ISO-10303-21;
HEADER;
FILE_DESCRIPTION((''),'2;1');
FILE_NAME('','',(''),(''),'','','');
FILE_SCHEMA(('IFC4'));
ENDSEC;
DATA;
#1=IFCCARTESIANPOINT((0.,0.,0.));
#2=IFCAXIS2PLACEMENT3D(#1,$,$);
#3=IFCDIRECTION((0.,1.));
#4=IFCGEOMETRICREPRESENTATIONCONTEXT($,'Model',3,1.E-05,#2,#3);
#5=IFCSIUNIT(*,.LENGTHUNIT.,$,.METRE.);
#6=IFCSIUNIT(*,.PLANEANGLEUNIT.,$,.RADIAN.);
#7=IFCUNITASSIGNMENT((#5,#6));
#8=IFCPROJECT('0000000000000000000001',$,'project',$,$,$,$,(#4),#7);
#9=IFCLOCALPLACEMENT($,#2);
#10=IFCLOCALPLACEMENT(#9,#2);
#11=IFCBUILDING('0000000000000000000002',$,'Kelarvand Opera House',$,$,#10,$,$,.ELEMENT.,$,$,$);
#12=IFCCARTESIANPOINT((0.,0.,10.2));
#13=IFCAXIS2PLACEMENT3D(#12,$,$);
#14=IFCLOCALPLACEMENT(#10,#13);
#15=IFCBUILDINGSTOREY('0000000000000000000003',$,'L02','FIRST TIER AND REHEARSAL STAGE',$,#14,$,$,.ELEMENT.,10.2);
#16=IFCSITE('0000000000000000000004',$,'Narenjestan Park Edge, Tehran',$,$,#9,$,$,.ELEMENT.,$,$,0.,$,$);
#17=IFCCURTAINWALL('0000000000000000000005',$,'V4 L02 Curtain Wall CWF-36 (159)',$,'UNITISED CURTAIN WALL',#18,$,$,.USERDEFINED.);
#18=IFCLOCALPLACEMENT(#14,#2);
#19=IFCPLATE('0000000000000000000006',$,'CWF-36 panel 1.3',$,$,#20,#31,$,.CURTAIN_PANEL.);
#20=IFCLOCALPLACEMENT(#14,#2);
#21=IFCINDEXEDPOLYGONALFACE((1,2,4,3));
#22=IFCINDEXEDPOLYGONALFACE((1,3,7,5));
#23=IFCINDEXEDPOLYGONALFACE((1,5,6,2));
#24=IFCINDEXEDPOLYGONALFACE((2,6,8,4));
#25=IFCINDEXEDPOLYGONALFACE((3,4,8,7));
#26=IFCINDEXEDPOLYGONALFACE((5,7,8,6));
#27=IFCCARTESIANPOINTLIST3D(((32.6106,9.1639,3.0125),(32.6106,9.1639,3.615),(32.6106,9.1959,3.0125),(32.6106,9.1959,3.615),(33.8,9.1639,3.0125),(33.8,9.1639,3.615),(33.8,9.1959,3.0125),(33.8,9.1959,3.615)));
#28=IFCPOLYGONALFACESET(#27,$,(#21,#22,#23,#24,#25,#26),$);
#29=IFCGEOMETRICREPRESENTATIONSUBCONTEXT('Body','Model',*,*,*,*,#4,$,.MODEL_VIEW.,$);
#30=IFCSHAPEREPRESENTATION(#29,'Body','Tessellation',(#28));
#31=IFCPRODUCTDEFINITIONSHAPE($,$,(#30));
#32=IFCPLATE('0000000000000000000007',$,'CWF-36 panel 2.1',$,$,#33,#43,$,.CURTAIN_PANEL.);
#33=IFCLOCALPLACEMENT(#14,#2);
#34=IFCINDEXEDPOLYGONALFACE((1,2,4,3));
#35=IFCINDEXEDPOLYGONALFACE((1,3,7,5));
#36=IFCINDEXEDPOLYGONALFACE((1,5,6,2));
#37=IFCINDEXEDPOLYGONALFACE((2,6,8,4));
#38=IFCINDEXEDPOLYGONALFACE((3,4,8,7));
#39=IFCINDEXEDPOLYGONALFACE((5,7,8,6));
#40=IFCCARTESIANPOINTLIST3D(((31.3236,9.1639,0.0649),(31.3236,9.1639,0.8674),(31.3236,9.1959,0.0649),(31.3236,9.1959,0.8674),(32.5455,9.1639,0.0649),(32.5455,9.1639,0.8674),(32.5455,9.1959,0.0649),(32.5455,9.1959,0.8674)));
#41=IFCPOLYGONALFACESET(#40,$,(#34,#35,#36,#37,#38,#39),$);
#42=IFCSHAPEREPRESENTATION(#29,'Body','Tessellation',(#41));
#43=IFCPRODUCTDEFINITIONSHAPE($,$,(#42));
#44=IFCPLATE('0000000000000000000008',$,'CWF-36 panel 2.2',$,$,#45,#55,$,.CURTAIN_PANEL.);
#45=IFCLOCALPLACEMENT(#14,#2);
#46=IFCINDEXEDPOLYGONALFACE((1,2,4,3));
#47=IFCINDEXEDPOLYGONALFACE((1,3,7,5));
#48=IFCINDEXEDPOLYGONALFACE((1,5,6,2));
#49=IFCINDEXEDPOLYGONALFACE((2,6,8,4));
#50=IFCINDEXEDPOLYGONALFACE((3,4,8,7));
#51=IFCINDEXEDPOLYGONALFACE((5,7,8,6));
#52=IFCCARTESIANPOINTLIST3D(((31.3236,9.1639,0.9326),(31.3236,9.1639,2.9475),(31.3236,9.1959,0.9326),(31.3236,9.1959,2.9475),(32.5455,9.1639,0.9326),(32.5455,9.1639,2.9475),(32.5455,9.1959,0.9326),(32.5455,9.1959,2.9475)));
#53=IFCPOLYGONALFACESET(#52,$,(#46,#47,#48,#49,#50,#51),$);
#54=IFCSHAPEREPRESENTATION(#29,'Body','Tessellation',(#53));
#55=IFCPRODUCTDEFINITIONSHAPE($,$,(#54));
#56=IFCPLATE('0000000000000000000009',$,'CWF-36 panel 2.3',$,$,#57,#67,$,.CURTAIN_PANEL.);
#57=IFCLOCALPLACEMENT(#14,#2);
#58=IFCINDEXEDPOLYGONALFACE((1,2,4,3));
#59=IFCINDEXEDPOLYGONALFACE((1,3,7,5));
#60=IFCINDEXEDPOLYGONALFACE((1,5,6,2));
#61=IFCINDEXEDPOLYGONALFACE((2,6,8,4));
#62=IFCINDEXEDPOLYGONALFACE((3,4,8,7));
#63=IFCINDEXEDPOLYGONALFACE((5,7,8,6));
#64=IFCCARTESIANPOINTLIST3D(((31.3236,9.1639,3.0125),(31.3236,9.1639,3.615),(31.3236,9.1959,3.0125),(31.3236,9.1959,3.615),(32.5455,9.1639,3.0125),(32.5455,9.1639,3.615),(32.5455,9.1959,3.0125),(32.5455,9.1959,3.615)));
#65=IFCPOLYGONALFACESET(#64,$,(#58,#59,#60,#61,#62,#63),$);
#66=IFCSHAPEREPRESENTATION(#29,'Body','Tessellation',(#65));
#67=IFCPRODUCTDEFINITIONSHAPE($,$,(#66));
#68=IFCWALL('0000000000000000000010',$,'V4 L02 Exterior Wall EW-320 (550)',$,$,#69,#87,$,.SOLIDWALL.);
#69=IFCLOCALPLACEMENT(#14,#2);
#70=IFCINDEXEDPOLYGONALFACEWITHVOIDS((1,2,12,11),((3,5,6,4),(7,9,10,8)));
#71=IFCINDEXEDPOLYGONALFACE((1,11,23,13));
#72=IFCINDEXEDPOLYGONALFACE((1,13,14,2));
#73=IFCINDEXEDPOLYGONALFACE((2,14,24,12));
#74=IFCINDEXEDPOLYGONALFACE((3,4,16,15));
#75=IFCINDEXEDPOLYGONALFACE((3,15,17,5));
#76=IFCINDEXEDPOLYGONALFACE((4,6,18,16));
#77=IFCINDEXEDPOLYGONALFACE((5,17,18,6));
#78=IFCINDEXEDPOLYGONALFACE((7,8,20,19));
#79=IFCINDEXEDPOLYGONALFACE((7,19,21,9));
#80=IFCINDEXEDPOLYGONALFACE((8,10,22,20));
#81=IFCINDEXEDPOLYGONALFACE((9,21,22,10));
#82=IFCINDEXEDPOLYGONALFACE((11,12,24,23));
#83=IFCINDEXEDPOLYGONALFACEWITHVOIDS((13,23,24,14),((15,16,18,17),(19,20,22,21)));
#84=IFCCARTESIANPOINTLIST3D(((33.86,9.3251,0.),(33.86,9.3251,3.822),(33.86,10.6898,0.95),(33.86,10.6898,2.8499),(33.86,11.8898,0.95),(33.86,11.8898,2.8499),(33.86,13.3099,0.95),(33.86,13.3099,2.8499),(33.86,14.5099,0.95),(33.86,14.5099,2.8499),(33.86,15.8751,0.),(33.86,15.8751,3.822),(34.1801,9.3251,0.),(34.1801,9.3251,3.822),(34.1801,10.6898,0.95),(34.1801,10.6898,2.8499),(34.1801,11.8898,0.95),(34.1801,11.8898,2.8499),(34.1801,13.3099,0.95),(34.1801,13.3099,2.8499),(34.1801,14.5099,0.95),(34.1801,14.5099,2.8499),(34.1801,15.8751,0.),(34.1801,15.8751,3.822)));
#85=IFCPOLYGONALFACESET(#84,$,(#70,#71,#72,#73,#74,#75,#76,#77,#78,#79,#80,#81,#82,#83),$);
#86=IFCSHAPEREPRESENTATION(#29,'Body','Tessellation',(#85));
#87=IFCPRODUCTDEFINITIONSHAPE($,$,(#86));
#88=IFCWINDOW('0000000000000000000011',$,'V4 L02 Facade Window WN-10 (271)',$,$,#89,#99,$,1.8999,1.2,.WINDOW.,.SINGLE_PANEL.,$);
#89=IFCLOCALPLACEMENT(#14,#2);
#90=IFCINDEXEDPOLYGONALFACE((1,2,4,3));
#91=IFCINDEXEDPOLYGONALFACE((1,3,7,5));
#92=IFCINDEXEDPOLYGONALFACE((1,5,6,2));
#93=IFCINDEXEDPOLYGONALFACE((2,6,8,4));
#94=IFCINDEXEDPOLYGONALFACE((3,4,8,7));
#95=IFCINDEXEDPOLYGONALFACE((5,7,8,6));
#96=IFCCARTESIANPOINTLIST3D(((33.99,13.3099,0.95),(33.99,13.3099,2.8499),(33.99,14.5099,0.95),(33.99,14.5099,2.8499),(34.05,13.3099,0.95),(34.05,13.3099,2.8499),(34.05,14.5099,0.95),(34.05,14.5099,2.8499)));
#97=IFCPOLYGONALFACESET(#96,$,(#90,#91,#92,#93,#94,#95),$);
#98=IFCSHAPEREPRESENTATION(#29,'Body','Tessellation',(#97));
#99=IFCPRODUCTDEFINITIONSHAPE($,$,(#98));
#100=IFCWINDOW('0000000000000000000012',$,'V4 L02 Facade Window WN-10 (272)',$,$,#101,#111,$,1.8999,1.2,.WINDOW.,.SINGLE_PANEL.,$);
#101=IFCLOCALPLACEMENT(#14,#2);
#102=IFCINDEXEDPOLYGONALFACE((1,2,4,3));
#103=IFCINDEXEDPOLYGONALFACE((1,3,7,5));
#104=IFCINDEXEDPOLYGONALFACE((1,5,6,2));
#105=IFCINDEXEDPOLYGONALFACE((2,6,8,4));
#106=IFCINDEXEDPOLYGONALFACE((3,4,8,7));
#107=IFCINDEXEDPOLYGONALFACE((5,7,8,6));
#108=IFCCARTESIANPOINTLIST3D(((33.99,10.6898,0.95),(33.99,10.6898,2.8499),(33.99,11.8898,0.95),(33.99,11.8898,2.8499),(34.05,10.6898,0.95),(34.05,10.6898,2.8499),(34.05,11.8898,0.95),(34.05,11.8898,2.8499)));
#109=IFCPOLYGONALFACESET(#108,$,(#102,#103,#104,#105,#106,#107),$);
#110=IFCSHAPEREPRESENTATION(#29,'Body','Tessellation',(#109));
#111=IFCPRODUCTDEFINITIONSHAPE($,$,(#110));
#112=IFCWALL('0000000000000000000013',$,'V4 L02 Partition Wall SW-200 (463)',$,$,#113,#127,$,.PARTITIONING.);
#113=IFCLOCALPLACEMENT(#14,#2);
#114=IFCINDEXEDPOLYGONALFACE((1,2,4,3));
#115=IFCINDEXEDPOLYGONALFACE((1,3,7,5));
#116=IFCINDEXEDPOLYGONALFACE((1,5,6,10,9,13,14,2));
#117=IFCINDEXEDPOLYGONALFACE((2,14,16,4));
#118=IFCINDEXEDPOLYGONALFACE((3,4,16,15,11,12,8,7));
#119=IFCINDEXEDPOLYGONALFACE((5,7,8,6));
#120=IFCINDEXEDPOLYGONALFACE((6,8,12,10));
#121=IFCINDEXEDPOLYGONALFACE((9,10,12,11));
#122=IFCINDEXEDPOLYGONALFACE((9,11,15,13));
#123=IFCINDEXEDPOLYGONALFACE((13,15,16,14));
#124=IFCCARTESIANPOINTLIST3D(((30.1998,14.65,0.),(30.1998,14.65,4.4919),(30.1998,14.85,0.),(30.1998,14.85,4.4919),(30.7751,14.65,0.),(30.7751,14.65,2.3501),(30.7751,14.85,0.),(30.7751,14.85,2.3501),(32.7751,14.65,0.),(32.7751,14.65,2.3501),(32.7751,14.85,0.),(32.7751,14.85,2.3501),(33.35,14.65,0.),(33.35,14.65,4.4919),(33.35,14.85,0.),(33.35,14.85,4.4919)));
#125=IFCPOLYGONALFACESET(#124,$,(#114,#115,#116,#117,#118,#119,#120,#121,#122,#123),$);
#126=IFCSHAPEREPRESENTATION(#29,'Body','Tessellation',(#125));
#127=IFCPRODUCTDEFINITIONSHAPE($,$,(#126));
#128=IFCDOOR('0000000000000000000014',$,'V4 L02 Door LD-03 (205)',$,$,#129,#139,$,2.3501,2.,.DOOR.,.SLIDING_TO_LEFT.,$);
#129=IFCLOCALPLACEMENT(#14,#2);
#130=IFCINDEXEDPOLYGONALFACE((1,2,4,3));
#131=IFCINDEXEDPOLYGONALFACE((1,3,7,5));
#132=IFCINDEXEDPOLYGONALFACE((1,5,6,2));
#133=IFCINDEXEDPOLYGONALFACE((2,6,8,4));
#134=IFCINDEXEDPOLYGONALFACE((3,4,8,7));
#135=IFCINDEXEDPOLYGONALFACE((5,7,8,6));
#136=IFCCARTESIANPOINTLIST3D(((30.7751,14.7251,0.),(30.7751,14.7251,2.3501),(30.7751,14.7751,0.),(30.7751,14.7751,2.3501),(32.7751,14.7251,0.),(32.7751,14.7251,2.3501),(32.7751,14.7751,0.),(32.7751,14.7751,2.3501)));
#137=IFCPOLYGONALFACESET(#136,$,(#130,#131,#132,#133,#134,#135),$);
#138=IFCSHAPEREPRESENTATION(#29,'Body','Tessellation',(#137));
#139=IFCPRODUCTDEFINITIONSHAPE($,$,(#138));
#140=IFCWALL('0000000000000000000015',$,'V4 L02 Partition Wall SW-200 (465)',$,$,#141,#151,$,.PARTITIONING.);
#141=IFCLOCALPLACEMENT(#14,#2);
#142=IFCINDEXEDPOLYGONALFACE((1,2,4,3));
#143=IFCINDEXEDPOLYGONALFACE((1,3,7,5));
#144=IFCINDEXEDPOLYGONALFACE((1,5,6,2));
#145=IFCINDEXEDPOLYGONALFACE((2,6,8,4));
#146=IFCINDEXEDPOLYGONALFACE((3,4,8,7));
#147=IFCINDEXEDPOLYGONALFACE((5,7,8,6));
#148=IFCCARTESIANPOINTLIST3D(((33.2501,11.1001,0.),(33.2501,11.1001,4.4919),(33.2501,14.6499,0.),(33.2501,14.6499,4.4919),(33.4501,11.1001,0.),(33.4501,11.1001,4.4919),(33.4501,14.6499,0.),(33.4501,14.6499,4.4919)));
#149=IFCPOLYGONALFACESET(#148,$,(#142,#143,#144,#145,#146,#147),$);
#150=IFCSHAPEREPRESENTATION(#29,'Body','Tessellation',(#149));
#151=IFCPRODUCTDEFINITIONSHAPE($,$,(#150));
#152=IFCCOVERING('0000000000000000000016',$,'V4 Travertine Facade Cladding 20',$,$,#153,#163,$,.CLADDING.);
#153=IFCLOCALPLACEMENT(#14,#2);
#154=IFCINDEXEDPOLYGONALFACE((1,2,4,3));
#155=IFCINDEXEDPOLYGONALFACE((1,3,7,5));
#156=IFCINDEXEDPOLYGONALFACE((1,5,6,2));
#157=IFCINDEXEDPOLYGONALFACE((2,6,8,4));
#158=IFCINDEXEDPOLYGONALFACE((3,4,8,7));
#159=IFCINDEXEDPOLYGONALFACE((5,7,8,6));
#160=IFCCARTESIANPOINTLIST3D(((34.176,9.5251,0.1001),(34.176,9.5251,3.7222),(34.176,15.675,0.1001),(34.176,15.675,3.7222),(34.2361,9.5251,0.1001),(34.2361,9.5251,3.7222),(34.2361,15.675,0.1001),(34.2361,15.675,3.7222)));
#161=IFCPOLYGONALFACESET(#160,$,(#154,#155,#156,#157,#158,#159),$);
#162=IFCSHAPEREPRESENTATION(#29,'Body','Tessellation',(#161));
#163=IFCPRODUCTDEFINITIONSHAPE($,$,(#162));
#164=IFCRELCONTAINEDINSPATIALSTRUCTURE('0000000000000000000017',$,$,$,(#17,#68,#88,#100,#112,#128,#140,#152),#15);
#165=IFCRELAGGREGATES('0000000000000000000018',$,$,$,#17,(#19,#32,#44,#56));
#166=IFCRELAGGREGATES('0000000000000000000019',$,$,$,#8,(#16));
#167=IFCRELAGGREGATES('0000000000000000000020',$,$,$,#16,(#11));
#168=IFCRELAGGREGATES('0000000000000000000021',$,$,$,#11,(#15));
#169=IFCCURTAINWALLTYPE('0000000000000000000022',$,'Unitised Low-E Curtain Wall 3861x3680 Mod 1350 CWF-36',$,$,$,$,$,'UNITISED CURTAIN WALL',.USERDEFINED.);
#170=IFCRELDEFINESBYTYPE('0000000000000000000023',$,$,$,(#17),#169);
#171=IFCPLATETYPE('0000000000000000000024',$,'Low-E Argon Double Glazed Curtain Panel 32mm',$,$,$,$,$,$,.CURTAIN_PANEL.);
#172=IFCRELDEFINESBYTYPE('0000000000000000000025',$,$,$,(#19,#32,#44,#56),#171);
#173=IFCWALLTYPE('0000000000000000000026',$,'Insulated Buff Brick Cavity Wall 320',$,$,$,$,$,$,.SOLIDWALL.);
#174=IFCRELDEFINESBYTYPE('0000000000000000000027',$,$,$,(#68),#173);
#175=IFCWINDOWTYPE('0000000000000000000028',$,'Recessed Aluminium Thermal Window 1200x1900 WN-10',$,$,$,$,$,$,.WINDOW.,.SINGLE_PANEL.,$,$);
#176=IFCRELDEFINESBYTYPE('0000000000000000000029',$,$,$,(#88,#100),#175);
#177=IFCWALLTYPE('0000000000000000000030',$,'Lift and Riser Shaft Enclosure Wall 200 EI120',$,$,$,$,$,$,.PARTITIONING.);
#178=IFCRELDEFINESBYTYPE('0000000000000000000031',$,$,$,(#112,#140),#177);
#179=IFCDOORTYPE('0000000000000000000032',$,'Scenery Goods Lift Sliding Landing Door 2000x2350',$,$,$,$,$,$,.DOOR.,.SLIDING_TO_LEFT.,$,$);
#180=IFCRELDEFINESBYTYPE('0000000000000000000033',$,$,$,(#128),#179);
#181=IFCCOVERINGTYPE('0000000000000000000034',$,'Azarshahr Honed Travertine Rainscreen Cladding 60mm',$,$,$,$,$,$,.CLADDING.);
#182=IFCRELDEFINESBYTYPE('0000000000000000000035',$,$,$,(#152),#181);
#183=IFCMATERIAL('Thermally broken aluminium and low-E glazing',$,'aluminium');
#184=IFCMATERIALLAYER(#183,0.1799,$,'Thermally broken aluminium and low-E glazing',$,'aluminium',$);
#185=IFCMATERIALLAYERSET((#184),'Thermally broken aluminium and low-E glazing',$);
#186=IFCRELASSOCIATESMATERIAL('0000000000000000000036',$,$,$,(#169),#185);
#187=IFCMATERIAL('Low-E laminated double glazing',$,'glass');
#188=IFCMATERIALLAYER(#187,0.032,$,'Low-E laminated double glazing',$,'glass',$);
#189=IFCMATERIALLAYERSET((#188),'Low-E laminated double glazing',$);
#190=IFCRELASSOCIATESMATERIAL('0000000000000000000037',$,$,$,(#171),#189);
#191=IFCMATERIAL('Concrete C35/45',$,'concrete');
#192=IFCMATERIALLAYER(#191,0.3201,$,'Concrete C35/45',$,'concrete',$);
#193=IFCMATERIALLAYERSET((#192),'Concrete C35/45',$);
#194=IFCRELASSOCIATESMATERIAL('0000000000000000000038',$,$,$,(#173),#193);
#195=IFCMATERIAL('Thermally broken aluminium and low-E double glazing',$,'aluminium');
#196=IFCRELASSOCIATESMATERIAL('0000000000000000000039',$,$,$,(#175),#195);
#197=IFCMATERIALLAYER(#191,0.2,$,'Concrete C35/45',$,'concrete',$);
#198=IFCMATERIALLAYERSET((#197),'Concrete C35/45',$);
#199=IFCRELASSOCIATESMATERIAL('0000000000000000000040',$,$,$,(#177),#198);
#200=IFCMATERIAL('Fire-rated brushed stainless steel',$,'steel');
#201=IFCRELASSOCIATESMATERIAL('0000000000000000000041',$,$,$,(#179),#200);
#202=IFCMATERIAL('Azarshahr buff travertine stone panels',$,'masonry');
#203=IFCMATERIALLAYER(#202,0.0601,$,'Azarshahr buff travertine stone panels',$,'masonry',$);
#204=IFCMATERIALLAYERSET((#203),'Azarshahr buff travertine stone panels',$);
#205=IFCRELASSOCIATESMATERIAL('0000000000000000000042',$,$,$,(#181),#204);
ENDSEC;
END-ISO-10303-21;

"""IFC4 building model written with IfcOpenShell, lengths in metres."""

from ifc_helpers import new_model, si_unit, direction, frame, frame_2d, origin, origin_2d, place, context, subcontext, project, spatial, rectangle, extrude, material, layer, layer_set, type_object, element, fill, aggregate, save


model = new_model("IFC4")

# Units and contexts
model_context = context("Model", 3, precision=1e-05, world=origin(), true_north=direction((0.0, 1.0)))
body_context = subcontext(model_context, "Body", "Model", "MODEL_VIEW")
ifc_project = project(units=[si_unit("LENGTHUNIT", "METRE"), si_unit("PLANEANGLEUNIT", "RADIAN")], contexts=[model_context])

# Site, building, storey
site_placement = place(None, origin())
site = spatial("IfcSite", under=ifc_project, at=site_placement, Name="Narenjestan Park Edge, Tehran", CompositionType="ELEMENT", RefElevation=0.0)
building_placement = place(site_placement, origin())
building = spatial("IfcBuilding", under=site, at=building_placement, Name="Kelarvand Opera House", CompositionType="ELEMENT")
storey_placement = place(building_placement, frame((0.0, 0.0, 10.2)))
storey = spatial("IfcBuildingStorey", under=building, at=storey_placement, Name="L02", Description="FIRST TIER AND REHEARSAL STAGE", CompositionType="ELEMENT", Elevation=10.2)

# Curtain wall
ifc_material_1 = material(Name="Thermally broken aluminium and low-E glazing", Category="aluminium")
ifc_layer_1 = layer(ifc_material_1, 0.1799, Name="Thermally broken aluminium and low-E glazing", Category="aluminium")
ifc_layer_set_1 = layer_set([ifc_layer_1], Name="Thermally broken aluminium and low-E glazing")
curtain_wall_type = type_object("IfcCurtainWallType", Name="Unitised Low-E Curtain Wall 3861x3680 Mod 1350 CWF-36", ElementType="UNITISED CURTAIN WALL", PredefinedType="USERDEFINED", material=ifc_layer_set_1)
curtain_wall_placement = place(storey_placement, origin())
curtain_wall = element("IfcCurtainWall", 1, at=curtain_wall_placement, inside=storey, type_object=curtain_wall_type, Name="V4 L02 Curtain Wall CWF-36 (159)", ObjectType="UNITISED CURTAIN WALL", PredefinedType="USERDEFINED")

# Plates
ifc_material_2 = material(Name="Low-E laminated double glazing", Category="glass")
ifc_layer_2 = layer(ifc_material_2, 0.032, Name="Low-E laminated double glazing", Category="glass")
ifc_layer_set_2 = layer_set([ifc_layer_2], Name="Low-E laminated double glazing")
plate_type = type_object("IfcPlateType", Name="Low-E Argon Double Glazed Curtain Panel 32mm", PredefinedType="CURTAIN_PANEL", material=ifc_layer_set_2)
plate_1_placement = place(storey_placement, frame((33.2053, 9.1799, 3.0125), z_axis=(0.0, 0.0, 1.0), x_axis=(-1.0, 0.0, 0.0)))
plate_1 = element("IfcPlate", 2, at=plate_1_placement, type_object=plate_type, Name="CWF-36 panel 1.3", PredefinedType="CURTAIN_PANEL", context=body_context, shape_type="SweptSolid", body=[
    extrude(rectangle(XDim=1.1895, YDim=0.032, at=origin_2d()), origin(), (0.0, 0.0, 1.0), 0.6025),
])
plate_2_placement = place(storey_placement, frame((31.9346, 9.1799, 0.0649), z_axis=(0.0, 0.0, 1.0), x_axis=(-1.0, 0.0, 0.0)))
plate_2 = element("IfcPlate", 3, at=plate_2_placement, type_object=plate_type, Name="CWF-36 panel 2.1", PredefinedType="CURTAIN_PANEL", context=body_context, shape_type="SweptSolid", body=[
    extrude(rectangle(XDim=1.2219, YDim=0.032, at=origin_2d()), origin(), (0.0, 0.0, 1.0), 0.8025),
])
plate_3_placement = place(storey_placement, frame((31.9346, 9.1799, 0.9326), z_axis=(0.0, 0.0, 1.0), x_axis=(-1.0, 0.0, 0.0)))
plate_3 = element("IfcPlate", 4, at=plate_3_placement, type_object=plate_type, Name="CWF-36 panel 2.2", PredefinedType="CURTAIN_PANEL", context=body_context, shape_type="SweptSolid", body=[
    extrude(rectangle(XDim=1.2219, YDim=0.032, at=origin_2d()), origin(), (0.0, 0.0, 1.0), 2.0149),
])
plate_4_placement = place(storey_placement, frame((31.9346, 9.1799, 3.0125), z_axis=(0.0, 0.0, 1.0), x_axis=(-1.0, 0.0, 0.0)))
plate_4 = element("IfcPlate", 5, at=plate_4_placement, type_object=plate_type, Name="CWF-36 panel 2.3", PredefinedType="CURTAIN_PANEL", context=body_context, shape_type="SweptSolid", body=[
    extrude(rectangle(XDim=1.2219, YDim=0.032, at=origin_2d()), origin(), (0.0, 0.0, 1.0), 0.6025),
])
aggregate(curtain_wall, [plate_1, plate_2, plate_3, plate_4])

# Wall, openings, windows
ifc_material_3 = material(Name="Concrete C35/45", Category="concrete")
ifc_layer_3 = layer(ifc_material_3, 0.3201, Name="Concrete C35/45", Category="concrete")
ifc_layer_set_3 = layer_set([ifc_layer_3], Name="Concrete C35/45")
wall_type_1 = type_object("IfcWallType", Name="Insulated Buff Brick Cavity Wall 320", PredefinedType="SOLIDWALL", material=ifc_layer_set_3)
wall_1_placement = place(storey_placement, frame((34.02, 15.875, 0.0), z_axis=(0.0, 0.0, 1.0), x_axis=(0.0, -1.0, 0.0)))
wall_1 = element("IfcWall", 6, at=wall_1_placement, inside=storey, type_object=wall_type_1, Name="V4 L02 Exterior Wall EW-320 (550)", PredefinedType="SOLIDWALL", context=body_context, shape_type="SweptSolid", body=[
    extrude(rectangle(XDim=6.55, YDim=0.3201, at=frame_2d((3.2749, 0.0))), origin(), (0.0, 0.0, 1.0), 3.822),
])
opening_1_placement = place(wall_1_placement, frame((1.365, 0.0, 0.95)))
opening_1 = element("IfcOpeningElement", 7, at=opening_1_placement, cuts=wall_1, PredefinedType="OPENING", context=body_context, shape_type="SweptSolid", body=[
    extrude(rectangle(XDim=1.2, YDim=1.8999, at=frame_2d((0.6001, 0.95))), frame((0.0, 0.1699, 0.0), z_axis=(0.0, -1.0, 0.0), x_axis=(1.0, 0.0, 0.0)), (0.0, 0.0, 1.0), 0.3401),
])
opening_2_placement = place(wall_1_placement, frame((3.9851, 0.0, 0.95)))
opening_2 = element("IfcOpeningElement", 8, at=opening_2_placement, cuts=wall_1, PredefinedType="OPENING", context=body_context, shape_type="SweptSolid", body=[
    extrude(rectangle(XDim=1.2, YDim=1.8999, at=frame_2d((0.6001, 0.95))), frame((0.0, 0.1699, 0.0), z_axis=(0.0, -1.0, 0.0), x_axis=(1.0, 0.0, 0.0)), (0.0, 0.0, 1.0), 0.3401),
])
ifc_material_4 = material(Name="Thermally broken aluminium and low-E double glazing", Category="aluminium")
window_type = type_object("IfcWindowType", Name="Recessed Aluminium Thermal Window 1200x1900 WN-10", PartitioningType="SINGLE_PANEL", PredefinedType="WINDOW", material=ifc_material_4)
window_1_placement = place(opening_1_placement, origin())
window_1 = element("IfcWindow", 9, at=window_1_placement, inside=storey, type_object=window_type, Name="V4 L02 Facade Window WN-10 (271)", OverallHeight=1.8999, OverallWidth=1.2, PartitioningType="SINGLE_PANEL", PredefinedType="WINDOW", context=body_context, shape_type="SweptSolid", body=[
    extrude(rectangle(XDim=1.2, YDim=1.8999, at=frame_2d((0.6001, 0.95))), frame((0.0, 0.03, 0.0), z_axis=(0.0, -1.0, 0.0), x_axis=(1.0, 0.0, 0.0)), (0.0, 0.0, 1.0), 0.0601),
])
fill(opening_1, window_1)
window_2_placement = place(opening_2_placement, origin())
window_2 = element("IfcWindow", 10, at=window_2_placement, inside=storey, type_object=window_type, Name="V4 L02 Facade Window WN-10 (272)", OverallHeight=1.8999, OverallWidth=1.2, PartitioningType="SINGLE_PANEL", PredefinedType="WINDOW", context=body_context, shape_type="SweptSolid", body=[
    extrude(rectangle(XDim=1.2, YDim=1.8999, at=frame_2d((0.6001, 0.95))), frame((0.0, 0.03, 0.0), z_axis=(0.0, -1.0, 0.0), x_axis=(1.0, 0.0, 0.0)), (0.0, 0.0, 1.0), 0.0601),
])
fill(opening_2, window_2)

# Wall, opening, door
ifc_layer_4 = layer(ifc_material_3, 0.2, Name="Concrete C35/45", Category="concrete")
ifc_layer_set_4 = layer_set([ifc_layer_4], Name="Concrete C35/45")
wall_type_2 = type_object("IfcWallType", Name="Lift and Riser Shaft Enclosure Wall 200 EI120", PredefinedType="PARTITIONING", material=ifc_layer_set_4)
wall_2_placement = place(storey_placement, frame((33.3501, 14.75, 0.0), z_axis=(0.0, 0.0, 1.0), x_axis=(-1.0, 0.0, 0.0)))
wall_2 = element("IfcWall", 11, at=wall_2_placement, inside=storey, type_object=wall_type_2, Name="V4 L02 Partition Wall SW-200 (463)", PredefinedType="PARTITIONING", context=body_context, shape_type="SweptSolid", body=[
    extrude(rectangle(XDim=3.1501, YDim=0.2, at=frame_2d((1.5752, 0.0))), origin(), (0.0, 0.0, 1.0), 4.4919),
])
opening_3_placement = place(wall_2_placement, frame((0.575, 0.0, 0.0)))
opening_3 = element("IfcOpeningElement", 12, at=opening_3_placement, cuts=wall_2, PredefinedType="OPENING", context=body_context, shape_type="SweptSolid", body=[
    extrude(rectangle(XDim=2.0, YDim=2.3501, at=frame_2d((1.0, 1.175))), frame((0.0, 0.1099, 0.0), z_axis=(0.0, -1.0, 0.0), x_axis=(1.0, 0.0, 0.0)), (0.0, 0.0, 1.0), 0.22),
])
ifc_material_5 = material(Name="Fire-rated brushed stainless steel", Category="steel")
door_type = type_object("IfcDoorType", Name="Scenery Goods Lift Sliding Landing Door 2000x2350", OperationType="SLIDING_TO_LEFT", PredefinedType="DOOR", material=ifc_material_5)
door_placement = place(opening_3_placement, origin())
door = element("IfcDoor", 13, at=door_placement, inside=storey, type_object=door_type, Name="V4 L02 Door LD-03 (205)", OperationType="SLIDING_TO_LEFT", OverallHeight=2.3501, OverallWidth=2.0, PredefinedType="DOOR", context=body_context, shape_type="SweptSolid", body=[
    extrude(rectangle(XDim=2.0, YDim=2.3501, at=frame_2d((1.0, 1.175))), frame((0.0, 0.0249, 0.0), z_axis=(0.0, -1.0, 0.0), x_axis=(1.0, 0.0, 0.0)), (0.0, 0.0, 1.0), 0.05),
])
fill(opening_3, door)

# Wall
wall_3_placement = place(storey_placement, frame((33.3501, 14.6499, 0.0), z_axis=(0.0, 0.0, 1.0), x_axis=(0.0, -1.0, 0.0)))
element("IfcWall", 14, at=wall_3_placement, inside=storey, type_object=wall_type_2, Name="V4 L02 Partition Wall SW-200 (465)", PredefinedType="PARTITIONING", context=body_context, shape_type="SweptSolid", body=[
    extrude(rectangle(XDim=3.5498, YDim=0.2, at=frame_2d((1.7749, 0.0))), origin(), (0.0, 0.0, 1.0), 4.4919),
])

# Covering
ifc_material_6 = material(Name="Azarshahr buff travertine stone panels", Category="masonry")
ifc_layer_5 = layer(ifc_material_6, 0.0601, Name="Azarshahr buff travertine stone panels", Category="masonry")
ifc_layer_set_5 = layer_set([ifc_layer_5], Name="Azarshahr buff travertine stone panels")
covering_type = type_object("IfcCoveringType", Name="Azarshahr Honed Travertine Rainscreen Cladding 60mm", PredefinedType="CLADDING", material=ifc_layer_set_5)
covering_placement = place(storey_placement, frame((34.2061, 12.6001, 0.1001), z_axis=(0.0, 0.0, 1.0), x_axis=(0.0, -1.0, 0.0)))
element("IfcCovering", 15, at=covering_placement, inside=storey, type_object=covering_type, Name="V4 Travertine Facade Cladding 20", PredefinedType="CLADDING", context=body_context, shape_type="SweptSolid", body=[
    extrude(rectangle(XDim=6.1499, YDim=0.0601, at=origin_2d()), origin(), (0.0, 0.0, 1.0), 3.6221),
])

save(model, "model.ifc")
